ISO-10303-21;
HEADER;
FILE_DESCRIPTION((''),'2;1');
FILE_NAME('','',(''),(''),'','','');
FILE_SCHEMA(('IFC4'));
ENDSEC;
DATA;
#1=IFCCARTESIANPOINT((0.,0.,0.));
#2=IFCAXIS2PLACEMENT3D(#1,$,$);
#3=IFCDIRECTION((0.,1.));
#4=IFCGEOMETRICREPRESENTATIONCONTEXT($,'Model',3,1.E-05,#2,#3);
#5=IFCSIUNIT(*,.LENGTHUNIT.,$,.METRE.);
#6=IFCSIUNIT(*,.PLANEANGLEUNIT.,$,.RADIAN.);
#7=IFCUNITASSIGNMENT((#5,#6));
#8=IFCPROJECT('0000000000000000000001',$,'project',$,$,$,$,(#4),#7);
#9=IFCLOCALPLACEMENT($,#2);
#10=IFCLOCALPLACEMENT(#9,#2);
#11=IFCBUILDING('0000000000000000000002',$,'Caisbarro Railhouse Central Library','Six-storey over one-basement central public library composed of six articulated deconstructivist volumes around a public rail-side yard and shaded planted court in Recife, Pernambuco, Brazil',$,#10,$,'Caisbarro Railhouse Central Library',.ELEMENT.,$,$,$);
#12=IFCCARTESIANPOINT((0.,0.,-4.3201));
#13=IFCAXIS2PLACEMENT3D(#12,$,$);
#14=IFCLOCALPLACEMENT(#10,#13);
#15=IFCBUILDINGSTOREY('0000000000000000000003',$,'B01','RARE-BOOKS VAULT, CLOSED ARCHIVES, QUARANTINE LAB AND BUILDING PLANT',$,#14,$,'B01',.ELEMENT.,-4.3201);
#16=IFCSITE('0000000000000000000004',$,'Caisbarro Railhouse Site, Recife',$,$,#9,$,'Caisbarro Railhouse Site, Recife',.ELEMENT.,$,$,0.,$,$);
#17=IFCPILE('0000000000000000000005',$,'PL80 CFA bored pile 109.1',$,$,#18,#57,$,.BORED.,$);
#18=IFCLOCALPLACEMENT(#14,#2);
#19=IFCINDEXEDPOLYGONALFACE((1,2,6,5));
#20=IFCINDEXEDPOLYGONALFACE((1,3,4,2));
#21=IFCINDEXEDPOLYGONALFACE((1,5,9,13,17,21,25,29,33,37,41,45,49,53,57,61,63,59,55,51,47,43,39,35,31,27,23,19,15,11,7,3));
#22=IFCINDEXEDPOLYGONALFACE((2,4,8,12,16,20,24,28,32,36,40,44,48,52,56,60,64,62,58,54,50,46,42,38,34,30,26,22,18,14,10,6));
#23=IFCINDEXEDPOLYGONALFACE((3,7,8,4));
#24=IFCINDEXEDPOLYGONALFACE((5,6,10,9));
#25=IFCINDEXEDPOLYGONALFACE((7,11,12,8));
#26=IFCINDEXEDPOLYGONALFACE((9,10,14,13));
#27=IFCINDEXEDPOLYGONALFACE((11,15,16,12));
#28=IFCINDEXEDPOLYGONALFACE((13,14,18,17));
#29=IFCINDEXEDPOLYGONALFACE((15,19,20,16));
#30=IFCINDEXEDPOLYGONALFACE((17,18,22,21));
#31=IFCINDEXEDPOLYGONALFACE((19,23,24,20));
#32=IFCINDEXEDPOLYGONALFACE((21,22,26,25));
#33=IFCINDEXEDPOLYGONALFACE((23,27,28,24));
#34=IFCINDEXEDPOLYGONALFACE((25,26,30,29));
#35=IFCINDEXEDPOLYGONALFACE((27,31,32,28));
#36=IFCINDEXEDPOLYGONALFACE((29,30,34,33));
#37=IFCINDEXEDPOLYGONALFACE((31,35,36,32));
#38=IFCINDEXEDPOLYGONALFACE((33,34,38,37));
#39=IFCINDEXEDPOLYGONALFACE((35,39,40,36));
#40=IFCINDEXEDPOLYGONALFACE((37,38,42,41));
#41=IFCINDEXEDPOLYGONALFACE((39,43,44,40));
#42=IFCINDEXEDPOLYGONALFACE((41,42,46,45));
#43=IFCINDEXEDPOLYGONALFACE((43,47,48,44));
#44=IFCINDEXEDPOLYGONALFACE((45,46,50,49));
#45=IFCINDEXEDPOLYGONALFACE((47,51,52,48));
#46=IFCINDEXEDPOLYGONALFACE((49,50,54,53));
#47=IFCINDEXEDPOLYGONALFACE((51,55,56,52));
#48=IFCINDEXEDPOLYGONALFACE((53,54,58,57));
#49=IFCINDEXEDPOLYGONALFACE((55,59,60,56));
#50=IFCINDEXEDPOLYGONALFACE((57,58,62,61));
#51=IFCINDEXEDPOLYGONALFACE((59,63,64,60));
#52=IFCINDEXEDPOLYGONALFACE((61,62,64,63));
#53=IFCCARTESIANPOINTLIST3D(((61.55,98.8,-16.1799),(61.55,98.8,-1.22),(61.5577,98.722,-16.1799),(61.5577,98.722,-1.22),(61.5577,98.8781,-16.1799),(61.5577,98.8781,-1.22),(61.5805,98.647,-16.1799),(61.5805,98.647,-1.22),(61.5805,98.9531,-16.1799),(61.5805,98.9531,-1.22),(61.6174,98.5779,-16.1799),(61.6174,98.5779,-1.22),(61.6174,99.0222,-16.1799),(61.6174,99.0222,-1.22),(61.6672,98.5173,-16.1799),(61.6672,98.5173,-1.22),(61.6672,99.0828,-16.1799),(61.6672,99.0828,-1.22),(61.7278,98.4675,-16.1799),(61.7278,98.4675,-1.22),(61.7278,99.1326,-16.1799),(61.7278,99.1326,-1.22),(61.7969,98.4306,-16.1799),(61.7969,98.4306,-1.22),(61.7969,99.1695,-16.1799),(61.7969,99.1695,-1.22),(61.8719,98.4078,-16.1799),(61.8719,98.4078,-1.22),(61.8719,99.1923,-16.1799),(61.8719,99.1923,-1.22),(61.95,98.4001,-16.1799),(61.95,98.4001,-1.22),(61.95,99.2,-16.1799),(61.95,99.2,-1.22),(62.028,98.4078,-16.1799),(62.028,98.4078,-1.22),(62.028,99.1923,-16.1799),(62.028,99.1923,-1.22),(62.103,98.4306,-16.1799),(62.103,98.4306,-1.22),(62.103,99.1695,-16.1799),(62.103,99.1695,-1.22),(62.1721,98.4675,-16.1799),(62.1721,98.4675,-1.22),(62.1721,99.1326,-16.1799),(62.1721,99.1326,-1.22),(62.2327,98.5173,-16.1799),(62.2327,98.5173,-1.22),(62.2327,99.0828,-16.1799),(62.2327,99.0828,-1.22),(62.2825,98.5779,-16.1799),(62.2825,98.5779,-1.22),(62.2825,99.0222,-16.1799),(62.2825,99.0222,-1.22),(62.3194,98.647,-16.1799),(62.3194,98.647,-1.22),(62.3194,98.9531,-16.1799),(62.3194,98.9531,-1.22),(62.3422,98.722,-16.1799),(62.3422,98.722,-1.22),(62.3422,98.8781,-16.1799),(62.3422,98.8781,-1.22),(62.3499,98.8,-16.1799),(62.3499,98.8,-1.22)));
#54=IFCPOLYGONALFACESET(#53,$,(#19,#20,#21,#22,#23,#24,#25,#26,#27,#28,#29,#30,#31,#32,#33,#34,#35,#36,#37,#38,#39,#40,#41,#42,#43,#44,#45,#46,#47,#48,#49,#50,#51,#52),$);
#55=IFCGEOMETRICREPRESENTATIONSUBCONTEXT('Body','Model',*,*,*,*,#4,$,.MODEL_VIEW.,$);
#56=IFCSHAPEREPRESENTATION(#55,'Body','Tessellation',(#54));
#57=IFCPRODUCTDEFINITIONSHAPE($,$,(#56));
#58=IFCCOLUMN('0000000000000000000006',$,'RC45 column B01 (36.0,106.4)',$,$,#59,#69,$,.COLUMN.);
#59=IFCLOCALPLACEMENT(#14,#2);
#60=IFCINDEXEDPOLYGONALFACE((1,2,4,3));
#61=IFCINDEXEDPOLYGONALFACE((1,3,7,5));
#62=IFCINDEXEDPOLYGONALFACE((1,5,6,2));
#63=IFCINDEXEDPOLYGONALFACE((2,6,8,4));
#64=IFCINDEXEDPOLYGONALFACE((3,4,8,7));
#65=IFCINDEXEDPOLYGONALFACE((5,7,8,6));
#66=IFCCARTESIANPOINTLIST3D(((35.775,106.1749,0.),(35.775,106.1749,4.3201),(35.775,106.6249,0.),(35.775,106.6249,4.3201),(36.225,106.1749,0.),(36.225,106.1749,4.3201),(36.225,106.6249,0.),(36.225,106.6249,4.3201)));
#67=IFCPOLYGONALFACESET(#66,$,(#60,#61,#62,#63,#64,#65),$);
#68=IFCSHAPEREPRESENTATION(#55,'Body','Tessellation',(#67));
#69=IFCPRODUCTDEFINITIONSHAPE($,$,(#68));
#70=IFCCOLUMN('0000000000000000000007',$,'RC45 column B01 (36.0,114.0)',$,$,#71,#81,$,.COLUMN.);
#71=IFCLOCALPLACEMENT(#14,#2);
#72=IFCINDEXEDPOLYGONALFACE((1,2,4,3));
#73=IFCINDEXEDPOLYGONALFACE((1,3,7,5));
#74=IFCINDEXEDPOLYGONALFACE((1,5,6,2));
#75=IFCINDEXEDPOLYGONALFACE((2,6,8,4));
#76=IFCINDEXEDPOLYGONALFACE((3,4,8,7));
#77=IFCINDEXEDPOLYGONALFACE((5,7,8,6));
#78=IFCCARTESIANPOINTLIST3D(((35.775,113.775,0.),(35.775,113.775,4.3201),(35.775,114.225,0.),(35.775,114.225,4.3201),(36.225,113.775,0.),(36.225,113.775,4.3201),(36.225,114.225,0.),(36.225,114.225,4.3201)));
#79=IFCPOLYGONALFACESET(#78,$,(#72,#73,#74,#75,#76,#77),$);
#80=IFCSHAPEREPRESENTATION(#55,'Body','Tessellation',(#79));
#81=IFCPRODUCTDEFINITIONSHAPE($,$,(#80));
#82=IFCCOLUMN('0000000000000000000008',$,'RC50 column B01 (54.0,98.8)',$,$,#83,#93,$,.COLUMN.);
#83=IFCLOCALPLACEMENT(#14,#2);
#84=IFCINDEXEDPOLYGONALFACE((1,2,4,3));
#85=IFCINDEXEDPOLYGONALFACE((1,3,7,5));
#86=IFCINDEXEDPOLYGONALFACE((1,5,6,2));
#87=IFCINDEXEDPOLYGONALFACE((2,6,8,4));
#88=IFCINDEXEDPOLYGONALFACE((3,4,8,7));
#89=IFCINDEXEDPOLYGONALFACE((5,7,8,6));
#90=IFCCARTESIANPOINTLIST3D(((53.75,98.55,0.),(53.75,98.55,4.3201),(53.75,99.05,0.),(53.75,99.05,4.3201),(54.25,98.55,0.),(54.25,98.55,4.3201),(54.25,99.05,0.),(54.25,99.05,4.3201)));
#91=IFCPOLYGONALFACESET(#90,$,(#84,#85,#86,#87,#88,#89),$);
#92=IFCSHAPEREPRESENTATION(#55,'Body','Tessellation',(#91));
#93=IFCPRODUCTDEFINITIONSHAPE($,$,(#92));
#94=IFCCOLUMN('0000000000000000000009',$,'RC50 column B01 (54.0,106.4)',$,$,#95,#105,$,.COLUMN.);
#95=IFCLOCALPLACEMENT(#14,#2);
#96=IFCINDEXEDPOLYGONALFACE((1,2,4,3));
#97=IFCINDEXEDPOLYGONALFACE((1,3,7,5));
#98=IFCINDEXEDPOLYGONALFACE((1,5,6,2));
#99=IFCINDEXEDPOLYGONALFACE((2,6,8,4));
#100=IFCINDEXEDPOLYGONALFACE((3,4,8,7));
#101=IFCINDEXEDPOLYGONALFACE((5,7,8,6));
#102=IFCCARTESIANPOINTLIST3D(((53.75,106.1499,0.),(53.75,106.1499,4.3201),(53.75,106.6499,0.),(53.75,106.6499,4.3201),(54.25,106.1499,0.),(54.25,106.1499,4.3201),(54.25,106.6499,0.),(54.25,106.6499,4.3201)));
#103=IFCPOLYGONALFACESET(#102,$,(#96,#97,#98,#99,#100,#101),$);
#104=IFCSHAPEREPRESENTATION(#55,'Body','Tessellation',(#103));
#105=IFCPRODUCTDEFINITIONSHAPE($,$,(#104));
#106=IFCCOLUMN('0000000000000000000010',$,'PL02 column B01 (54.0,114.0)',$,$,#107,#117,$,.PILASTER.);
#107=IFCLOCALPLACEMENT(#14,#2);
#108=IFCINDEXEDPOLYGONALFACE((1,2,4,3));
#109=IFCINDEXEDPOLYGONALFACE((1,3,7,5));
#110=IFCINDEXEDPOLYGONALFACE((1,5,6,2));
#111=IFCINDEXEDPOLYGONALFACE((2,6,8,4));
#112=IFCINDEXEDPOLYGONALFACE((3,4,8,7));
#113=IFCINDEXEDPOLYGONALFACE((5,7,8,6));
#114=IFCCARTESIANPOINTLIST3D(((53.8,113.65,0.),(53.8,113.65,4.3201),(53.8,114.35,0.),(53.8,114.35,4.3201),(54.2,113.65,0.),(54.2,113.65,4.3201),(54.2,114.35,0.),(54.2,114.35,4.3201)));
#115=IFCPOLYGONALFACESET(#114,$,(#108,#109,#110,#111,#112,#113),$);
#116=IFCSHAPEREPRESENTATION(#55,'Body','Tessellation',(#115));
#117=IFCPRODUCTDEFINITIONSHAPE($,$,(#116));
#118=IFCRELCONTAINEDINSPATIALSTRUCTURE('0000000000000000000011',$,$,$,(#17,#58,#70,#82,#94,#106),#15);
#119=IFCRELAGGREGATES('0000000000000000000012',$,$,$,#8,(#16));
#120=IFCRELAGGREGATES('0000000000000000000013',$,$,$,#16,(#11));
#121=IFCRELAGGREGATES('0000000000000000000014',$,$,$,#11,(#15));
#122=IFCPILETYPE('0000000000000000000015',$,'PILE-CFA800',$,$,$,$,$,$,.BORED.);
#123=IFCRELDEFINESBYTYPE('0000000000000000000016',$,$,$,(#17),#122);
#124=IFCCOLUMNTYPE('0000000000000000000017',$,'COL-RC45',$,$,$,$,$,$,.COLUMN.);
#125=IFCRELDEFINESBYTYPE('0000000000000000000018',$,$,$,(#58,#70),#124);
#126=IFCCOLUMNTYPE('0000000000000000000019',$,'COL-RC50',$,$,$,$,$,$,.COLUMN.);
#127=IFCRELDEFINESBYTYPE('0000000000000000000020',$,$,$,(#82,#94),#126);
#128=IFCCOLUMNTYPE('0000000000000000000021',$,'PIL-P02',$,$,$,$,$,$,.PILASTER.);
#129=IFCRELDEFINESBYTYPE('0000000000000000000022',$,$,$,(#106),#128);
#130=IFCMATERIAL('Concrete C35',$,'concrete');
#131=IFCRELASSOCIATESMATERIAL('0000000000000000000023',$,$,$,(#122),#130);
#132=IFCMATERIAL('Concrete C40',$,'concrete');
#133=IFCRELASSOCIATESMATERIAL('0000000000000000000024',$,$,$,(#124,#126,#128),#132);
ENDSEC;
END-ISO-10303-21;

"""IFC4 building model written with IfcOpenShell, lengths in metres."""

from ifc_helpers import new_model, si_unit, direction, frame, origin, origin_2d, place, context, subcontext, project, spatial, rectangle, circle, extrude, material, material_profile, profile_set, type_object, element, save


model = new_model("IFC4")

# Units and contexts
model_context = context("Model", 3, precision=1e-05, world=origin(), true_north=direction((0.0, 1.0)))
body_context = subcontext(model_context, "Body", "Model", "MODEL_VIEW")
ifc_project = project(units=[si_unit("LENGTHUNIT", "METRE"), si_unit("PLANEANGLEUNIT", "RADIAN")], contexts=[model_context])

# Site, building, storey
site_placement = place(None, origin())
site = spatial("IfcSite", under=ifc_project, at=site_placement, Name="Caisbarro Railhouse Site, Recife", LongName="Caisbarro Railhouse Site, Recife", CompositionType="ELEMENT", RefElevation=0.0)
building_placement = place(site_placement, origin())
building = spatial("IfcBuilding", under=site, at=building_placement, Name="Caisbarro Railhouse Central Library", Description="Six-storey over one-basement central public library composed of six articulated deconstructivist volumes around a public rail-side yard and shaded planted court in Recife, Pernambuco, Brazil", LongName="Caisbarro Railhouse Central Library", CompositionType="ELEMENT")
storey_placement = place(building_placement, frame((0.0, 0.0, -4.3201)))
storey = spatial("IfcBuildingStorey", under=building, at=storey_placement, Name="B01", Description="RARE-BOOKS VAULT, CLOSED ARCHIVES, QUARANTINE LAB AND BUILDING PLANT", LongName="B01", CompositionType="ELEMENT", Elevation=-4.3201)

# Shared definitions
ifc_material_1 = material(Name="Concrete C35", Category="concrete")
ifc_material_2 = material(Name="Concrete C40", Category="concrete")

# Pile
ifc_material_profile_1 = material_profile(ifc_material_1, circle(Radius=0.3999, at=origin_2d()), Name="PILE-CFA-800")
ifc_profile_set_1 = profile_set([ifc_material_profile_1], Name="Concrete C35")
pile_type_1 = type_object("IfcPileType", Name="PILE-CFA800", PredefinedType="BORED", material=ifc_profile_set_1)
pile_1_placement = place(storey_placement, frame((61.95, 98.8, -1.22), z_axis=(0.0, 0.0, -1.0), x_axis=(1.0, 0.0, 0.0)))
element("IfcPile", 1, at=pile_1_placement, inside=storey, type_object=pile_type_1, Name="PL80 CFA bored pile 109.1", PredefinedType="BORED", context=body_context, shape_type="SweptSolid", body=[
    extrude(circle(Radius=0.3999, at=origin_2d()), origin(), (0.0, 0.0, 1.0), 14.96),
])

# Columns
ifc_material_profile_2 = material_profile(ifc_material_2, rectangle(XDim=0.45, YDim=0.45, at=origin_2d()), Name="RC-COL-450X450")
ifc_profile_set_2 = profile_set([ifc_material_profile_2], Name="Concrete C40")
column_type_1 = type_object("IfcColumnType", Name="COL-RC45", PredefinedType="COLUMN", material=ifc_profile_set_2)
for number, where, z_axis, x_axis, name in (
    (2, (36.0, 106.3999, 0.0), (0.0, 0.0, 1.0), (1.0, 0.0, 0.0), "RC45 column B01 (36.0,106.4)"),
    (3, (36.0, 114.0, 0.0), (0.0, 0.0, 1.0), (1.0, 0.0, 0.0), "RC45 column B01 (36.0,114.0)"),
):
    element("IfcColumn", number, at=place(storey_placement, frame(where, z_axis=z_axis, x_axis=x_axis)), inside=storey, type_object=column_type_1, Name=name, PredefinedType="COLUMN", context=body_context, shape_type="SweptSolid", body=[
        extrude(rectangle(XDim=0.45, YDim=0.45, at=origin_2d()), origin(), (0.0, 0.0, 1.0), 4.3201),
    ])
ifc_material_profile_3 = material_profile(ifc_material_2, rectangle(XDim=0.5, YDim=0.5, at=origin_2d()), Name="RC-COL-500X500")
ifc_profile_set_3 = profile_set([ifc_material_profile_3], Name="Concrete C40")
column_type_2 = type_object("IfcColumnType", Name="COL-RC50", PredefinedType="COLUMN", material=ifc_profile_set_3)
for number, where, z_axis, x_axis, name in (
    (4, (54.0, 98.8, 0.0), (0.0, 0.0, 1.0), (1.0, 0.0, 0.0), "RC50 column B01 (54.0,98.8)"),
    (5, (54.0, 106.3999, 0.0), (0.0, 0.0, 1.0), (1.0, 0.0, 0.0), "RC50 column B01 (54.0,106.4)"),
):
    element("IfcColumn", number, at=place(storey_placement, frame(where, z_axis=z_axis, x_axis=x_axis)), inside=storey, type_object=column_type_2, Name=name, PredefinedType="COLUMN", context=body_context, shape_type="SweptSolid", body=[
        extrude(rectangle(XDim=0.5, YDim=0.5, at=origin_2d()), origin(), (0.0, 0.0, 1.0), 4.3201),
    ])
ifc_material_profile_4 = material_profile(ifc_material_2, rectangle(XDim=0.3999, YDim=0.7, at=origin_2d()), Name="RC-PIL-400X700")
ifc_profile_set_4 = profile_set([ifc_material_profile_4], Name="Concrete C40")
column_type_3 = type_object("IfcColumnType", Name="PIL-P02", PredefinedType="PILASTER", material=ifc_profile_set_4)
column_placement = place(storey_placement, frame((54.0, 114.0, 0.0), z_axis=(0.0, 0.0, 1.0), x_axis=(1.0, 0.0, 0.0)))
element("IfcColumn", 6, at=column_placement, inside=storey, type_object=column_type_3, Name="PL02 column B01 (54.0,114.0)", PredefinedType="PILASTER", context=body_context, shape_type="SweptSolid", body=[
    extrude(rectangle(XDim=0.3999, YDim=0.7, at=origin_2d()), origin(), (0.0, 0.0, 1.0), 4.3201),
])

save(model, "model.ifc")
